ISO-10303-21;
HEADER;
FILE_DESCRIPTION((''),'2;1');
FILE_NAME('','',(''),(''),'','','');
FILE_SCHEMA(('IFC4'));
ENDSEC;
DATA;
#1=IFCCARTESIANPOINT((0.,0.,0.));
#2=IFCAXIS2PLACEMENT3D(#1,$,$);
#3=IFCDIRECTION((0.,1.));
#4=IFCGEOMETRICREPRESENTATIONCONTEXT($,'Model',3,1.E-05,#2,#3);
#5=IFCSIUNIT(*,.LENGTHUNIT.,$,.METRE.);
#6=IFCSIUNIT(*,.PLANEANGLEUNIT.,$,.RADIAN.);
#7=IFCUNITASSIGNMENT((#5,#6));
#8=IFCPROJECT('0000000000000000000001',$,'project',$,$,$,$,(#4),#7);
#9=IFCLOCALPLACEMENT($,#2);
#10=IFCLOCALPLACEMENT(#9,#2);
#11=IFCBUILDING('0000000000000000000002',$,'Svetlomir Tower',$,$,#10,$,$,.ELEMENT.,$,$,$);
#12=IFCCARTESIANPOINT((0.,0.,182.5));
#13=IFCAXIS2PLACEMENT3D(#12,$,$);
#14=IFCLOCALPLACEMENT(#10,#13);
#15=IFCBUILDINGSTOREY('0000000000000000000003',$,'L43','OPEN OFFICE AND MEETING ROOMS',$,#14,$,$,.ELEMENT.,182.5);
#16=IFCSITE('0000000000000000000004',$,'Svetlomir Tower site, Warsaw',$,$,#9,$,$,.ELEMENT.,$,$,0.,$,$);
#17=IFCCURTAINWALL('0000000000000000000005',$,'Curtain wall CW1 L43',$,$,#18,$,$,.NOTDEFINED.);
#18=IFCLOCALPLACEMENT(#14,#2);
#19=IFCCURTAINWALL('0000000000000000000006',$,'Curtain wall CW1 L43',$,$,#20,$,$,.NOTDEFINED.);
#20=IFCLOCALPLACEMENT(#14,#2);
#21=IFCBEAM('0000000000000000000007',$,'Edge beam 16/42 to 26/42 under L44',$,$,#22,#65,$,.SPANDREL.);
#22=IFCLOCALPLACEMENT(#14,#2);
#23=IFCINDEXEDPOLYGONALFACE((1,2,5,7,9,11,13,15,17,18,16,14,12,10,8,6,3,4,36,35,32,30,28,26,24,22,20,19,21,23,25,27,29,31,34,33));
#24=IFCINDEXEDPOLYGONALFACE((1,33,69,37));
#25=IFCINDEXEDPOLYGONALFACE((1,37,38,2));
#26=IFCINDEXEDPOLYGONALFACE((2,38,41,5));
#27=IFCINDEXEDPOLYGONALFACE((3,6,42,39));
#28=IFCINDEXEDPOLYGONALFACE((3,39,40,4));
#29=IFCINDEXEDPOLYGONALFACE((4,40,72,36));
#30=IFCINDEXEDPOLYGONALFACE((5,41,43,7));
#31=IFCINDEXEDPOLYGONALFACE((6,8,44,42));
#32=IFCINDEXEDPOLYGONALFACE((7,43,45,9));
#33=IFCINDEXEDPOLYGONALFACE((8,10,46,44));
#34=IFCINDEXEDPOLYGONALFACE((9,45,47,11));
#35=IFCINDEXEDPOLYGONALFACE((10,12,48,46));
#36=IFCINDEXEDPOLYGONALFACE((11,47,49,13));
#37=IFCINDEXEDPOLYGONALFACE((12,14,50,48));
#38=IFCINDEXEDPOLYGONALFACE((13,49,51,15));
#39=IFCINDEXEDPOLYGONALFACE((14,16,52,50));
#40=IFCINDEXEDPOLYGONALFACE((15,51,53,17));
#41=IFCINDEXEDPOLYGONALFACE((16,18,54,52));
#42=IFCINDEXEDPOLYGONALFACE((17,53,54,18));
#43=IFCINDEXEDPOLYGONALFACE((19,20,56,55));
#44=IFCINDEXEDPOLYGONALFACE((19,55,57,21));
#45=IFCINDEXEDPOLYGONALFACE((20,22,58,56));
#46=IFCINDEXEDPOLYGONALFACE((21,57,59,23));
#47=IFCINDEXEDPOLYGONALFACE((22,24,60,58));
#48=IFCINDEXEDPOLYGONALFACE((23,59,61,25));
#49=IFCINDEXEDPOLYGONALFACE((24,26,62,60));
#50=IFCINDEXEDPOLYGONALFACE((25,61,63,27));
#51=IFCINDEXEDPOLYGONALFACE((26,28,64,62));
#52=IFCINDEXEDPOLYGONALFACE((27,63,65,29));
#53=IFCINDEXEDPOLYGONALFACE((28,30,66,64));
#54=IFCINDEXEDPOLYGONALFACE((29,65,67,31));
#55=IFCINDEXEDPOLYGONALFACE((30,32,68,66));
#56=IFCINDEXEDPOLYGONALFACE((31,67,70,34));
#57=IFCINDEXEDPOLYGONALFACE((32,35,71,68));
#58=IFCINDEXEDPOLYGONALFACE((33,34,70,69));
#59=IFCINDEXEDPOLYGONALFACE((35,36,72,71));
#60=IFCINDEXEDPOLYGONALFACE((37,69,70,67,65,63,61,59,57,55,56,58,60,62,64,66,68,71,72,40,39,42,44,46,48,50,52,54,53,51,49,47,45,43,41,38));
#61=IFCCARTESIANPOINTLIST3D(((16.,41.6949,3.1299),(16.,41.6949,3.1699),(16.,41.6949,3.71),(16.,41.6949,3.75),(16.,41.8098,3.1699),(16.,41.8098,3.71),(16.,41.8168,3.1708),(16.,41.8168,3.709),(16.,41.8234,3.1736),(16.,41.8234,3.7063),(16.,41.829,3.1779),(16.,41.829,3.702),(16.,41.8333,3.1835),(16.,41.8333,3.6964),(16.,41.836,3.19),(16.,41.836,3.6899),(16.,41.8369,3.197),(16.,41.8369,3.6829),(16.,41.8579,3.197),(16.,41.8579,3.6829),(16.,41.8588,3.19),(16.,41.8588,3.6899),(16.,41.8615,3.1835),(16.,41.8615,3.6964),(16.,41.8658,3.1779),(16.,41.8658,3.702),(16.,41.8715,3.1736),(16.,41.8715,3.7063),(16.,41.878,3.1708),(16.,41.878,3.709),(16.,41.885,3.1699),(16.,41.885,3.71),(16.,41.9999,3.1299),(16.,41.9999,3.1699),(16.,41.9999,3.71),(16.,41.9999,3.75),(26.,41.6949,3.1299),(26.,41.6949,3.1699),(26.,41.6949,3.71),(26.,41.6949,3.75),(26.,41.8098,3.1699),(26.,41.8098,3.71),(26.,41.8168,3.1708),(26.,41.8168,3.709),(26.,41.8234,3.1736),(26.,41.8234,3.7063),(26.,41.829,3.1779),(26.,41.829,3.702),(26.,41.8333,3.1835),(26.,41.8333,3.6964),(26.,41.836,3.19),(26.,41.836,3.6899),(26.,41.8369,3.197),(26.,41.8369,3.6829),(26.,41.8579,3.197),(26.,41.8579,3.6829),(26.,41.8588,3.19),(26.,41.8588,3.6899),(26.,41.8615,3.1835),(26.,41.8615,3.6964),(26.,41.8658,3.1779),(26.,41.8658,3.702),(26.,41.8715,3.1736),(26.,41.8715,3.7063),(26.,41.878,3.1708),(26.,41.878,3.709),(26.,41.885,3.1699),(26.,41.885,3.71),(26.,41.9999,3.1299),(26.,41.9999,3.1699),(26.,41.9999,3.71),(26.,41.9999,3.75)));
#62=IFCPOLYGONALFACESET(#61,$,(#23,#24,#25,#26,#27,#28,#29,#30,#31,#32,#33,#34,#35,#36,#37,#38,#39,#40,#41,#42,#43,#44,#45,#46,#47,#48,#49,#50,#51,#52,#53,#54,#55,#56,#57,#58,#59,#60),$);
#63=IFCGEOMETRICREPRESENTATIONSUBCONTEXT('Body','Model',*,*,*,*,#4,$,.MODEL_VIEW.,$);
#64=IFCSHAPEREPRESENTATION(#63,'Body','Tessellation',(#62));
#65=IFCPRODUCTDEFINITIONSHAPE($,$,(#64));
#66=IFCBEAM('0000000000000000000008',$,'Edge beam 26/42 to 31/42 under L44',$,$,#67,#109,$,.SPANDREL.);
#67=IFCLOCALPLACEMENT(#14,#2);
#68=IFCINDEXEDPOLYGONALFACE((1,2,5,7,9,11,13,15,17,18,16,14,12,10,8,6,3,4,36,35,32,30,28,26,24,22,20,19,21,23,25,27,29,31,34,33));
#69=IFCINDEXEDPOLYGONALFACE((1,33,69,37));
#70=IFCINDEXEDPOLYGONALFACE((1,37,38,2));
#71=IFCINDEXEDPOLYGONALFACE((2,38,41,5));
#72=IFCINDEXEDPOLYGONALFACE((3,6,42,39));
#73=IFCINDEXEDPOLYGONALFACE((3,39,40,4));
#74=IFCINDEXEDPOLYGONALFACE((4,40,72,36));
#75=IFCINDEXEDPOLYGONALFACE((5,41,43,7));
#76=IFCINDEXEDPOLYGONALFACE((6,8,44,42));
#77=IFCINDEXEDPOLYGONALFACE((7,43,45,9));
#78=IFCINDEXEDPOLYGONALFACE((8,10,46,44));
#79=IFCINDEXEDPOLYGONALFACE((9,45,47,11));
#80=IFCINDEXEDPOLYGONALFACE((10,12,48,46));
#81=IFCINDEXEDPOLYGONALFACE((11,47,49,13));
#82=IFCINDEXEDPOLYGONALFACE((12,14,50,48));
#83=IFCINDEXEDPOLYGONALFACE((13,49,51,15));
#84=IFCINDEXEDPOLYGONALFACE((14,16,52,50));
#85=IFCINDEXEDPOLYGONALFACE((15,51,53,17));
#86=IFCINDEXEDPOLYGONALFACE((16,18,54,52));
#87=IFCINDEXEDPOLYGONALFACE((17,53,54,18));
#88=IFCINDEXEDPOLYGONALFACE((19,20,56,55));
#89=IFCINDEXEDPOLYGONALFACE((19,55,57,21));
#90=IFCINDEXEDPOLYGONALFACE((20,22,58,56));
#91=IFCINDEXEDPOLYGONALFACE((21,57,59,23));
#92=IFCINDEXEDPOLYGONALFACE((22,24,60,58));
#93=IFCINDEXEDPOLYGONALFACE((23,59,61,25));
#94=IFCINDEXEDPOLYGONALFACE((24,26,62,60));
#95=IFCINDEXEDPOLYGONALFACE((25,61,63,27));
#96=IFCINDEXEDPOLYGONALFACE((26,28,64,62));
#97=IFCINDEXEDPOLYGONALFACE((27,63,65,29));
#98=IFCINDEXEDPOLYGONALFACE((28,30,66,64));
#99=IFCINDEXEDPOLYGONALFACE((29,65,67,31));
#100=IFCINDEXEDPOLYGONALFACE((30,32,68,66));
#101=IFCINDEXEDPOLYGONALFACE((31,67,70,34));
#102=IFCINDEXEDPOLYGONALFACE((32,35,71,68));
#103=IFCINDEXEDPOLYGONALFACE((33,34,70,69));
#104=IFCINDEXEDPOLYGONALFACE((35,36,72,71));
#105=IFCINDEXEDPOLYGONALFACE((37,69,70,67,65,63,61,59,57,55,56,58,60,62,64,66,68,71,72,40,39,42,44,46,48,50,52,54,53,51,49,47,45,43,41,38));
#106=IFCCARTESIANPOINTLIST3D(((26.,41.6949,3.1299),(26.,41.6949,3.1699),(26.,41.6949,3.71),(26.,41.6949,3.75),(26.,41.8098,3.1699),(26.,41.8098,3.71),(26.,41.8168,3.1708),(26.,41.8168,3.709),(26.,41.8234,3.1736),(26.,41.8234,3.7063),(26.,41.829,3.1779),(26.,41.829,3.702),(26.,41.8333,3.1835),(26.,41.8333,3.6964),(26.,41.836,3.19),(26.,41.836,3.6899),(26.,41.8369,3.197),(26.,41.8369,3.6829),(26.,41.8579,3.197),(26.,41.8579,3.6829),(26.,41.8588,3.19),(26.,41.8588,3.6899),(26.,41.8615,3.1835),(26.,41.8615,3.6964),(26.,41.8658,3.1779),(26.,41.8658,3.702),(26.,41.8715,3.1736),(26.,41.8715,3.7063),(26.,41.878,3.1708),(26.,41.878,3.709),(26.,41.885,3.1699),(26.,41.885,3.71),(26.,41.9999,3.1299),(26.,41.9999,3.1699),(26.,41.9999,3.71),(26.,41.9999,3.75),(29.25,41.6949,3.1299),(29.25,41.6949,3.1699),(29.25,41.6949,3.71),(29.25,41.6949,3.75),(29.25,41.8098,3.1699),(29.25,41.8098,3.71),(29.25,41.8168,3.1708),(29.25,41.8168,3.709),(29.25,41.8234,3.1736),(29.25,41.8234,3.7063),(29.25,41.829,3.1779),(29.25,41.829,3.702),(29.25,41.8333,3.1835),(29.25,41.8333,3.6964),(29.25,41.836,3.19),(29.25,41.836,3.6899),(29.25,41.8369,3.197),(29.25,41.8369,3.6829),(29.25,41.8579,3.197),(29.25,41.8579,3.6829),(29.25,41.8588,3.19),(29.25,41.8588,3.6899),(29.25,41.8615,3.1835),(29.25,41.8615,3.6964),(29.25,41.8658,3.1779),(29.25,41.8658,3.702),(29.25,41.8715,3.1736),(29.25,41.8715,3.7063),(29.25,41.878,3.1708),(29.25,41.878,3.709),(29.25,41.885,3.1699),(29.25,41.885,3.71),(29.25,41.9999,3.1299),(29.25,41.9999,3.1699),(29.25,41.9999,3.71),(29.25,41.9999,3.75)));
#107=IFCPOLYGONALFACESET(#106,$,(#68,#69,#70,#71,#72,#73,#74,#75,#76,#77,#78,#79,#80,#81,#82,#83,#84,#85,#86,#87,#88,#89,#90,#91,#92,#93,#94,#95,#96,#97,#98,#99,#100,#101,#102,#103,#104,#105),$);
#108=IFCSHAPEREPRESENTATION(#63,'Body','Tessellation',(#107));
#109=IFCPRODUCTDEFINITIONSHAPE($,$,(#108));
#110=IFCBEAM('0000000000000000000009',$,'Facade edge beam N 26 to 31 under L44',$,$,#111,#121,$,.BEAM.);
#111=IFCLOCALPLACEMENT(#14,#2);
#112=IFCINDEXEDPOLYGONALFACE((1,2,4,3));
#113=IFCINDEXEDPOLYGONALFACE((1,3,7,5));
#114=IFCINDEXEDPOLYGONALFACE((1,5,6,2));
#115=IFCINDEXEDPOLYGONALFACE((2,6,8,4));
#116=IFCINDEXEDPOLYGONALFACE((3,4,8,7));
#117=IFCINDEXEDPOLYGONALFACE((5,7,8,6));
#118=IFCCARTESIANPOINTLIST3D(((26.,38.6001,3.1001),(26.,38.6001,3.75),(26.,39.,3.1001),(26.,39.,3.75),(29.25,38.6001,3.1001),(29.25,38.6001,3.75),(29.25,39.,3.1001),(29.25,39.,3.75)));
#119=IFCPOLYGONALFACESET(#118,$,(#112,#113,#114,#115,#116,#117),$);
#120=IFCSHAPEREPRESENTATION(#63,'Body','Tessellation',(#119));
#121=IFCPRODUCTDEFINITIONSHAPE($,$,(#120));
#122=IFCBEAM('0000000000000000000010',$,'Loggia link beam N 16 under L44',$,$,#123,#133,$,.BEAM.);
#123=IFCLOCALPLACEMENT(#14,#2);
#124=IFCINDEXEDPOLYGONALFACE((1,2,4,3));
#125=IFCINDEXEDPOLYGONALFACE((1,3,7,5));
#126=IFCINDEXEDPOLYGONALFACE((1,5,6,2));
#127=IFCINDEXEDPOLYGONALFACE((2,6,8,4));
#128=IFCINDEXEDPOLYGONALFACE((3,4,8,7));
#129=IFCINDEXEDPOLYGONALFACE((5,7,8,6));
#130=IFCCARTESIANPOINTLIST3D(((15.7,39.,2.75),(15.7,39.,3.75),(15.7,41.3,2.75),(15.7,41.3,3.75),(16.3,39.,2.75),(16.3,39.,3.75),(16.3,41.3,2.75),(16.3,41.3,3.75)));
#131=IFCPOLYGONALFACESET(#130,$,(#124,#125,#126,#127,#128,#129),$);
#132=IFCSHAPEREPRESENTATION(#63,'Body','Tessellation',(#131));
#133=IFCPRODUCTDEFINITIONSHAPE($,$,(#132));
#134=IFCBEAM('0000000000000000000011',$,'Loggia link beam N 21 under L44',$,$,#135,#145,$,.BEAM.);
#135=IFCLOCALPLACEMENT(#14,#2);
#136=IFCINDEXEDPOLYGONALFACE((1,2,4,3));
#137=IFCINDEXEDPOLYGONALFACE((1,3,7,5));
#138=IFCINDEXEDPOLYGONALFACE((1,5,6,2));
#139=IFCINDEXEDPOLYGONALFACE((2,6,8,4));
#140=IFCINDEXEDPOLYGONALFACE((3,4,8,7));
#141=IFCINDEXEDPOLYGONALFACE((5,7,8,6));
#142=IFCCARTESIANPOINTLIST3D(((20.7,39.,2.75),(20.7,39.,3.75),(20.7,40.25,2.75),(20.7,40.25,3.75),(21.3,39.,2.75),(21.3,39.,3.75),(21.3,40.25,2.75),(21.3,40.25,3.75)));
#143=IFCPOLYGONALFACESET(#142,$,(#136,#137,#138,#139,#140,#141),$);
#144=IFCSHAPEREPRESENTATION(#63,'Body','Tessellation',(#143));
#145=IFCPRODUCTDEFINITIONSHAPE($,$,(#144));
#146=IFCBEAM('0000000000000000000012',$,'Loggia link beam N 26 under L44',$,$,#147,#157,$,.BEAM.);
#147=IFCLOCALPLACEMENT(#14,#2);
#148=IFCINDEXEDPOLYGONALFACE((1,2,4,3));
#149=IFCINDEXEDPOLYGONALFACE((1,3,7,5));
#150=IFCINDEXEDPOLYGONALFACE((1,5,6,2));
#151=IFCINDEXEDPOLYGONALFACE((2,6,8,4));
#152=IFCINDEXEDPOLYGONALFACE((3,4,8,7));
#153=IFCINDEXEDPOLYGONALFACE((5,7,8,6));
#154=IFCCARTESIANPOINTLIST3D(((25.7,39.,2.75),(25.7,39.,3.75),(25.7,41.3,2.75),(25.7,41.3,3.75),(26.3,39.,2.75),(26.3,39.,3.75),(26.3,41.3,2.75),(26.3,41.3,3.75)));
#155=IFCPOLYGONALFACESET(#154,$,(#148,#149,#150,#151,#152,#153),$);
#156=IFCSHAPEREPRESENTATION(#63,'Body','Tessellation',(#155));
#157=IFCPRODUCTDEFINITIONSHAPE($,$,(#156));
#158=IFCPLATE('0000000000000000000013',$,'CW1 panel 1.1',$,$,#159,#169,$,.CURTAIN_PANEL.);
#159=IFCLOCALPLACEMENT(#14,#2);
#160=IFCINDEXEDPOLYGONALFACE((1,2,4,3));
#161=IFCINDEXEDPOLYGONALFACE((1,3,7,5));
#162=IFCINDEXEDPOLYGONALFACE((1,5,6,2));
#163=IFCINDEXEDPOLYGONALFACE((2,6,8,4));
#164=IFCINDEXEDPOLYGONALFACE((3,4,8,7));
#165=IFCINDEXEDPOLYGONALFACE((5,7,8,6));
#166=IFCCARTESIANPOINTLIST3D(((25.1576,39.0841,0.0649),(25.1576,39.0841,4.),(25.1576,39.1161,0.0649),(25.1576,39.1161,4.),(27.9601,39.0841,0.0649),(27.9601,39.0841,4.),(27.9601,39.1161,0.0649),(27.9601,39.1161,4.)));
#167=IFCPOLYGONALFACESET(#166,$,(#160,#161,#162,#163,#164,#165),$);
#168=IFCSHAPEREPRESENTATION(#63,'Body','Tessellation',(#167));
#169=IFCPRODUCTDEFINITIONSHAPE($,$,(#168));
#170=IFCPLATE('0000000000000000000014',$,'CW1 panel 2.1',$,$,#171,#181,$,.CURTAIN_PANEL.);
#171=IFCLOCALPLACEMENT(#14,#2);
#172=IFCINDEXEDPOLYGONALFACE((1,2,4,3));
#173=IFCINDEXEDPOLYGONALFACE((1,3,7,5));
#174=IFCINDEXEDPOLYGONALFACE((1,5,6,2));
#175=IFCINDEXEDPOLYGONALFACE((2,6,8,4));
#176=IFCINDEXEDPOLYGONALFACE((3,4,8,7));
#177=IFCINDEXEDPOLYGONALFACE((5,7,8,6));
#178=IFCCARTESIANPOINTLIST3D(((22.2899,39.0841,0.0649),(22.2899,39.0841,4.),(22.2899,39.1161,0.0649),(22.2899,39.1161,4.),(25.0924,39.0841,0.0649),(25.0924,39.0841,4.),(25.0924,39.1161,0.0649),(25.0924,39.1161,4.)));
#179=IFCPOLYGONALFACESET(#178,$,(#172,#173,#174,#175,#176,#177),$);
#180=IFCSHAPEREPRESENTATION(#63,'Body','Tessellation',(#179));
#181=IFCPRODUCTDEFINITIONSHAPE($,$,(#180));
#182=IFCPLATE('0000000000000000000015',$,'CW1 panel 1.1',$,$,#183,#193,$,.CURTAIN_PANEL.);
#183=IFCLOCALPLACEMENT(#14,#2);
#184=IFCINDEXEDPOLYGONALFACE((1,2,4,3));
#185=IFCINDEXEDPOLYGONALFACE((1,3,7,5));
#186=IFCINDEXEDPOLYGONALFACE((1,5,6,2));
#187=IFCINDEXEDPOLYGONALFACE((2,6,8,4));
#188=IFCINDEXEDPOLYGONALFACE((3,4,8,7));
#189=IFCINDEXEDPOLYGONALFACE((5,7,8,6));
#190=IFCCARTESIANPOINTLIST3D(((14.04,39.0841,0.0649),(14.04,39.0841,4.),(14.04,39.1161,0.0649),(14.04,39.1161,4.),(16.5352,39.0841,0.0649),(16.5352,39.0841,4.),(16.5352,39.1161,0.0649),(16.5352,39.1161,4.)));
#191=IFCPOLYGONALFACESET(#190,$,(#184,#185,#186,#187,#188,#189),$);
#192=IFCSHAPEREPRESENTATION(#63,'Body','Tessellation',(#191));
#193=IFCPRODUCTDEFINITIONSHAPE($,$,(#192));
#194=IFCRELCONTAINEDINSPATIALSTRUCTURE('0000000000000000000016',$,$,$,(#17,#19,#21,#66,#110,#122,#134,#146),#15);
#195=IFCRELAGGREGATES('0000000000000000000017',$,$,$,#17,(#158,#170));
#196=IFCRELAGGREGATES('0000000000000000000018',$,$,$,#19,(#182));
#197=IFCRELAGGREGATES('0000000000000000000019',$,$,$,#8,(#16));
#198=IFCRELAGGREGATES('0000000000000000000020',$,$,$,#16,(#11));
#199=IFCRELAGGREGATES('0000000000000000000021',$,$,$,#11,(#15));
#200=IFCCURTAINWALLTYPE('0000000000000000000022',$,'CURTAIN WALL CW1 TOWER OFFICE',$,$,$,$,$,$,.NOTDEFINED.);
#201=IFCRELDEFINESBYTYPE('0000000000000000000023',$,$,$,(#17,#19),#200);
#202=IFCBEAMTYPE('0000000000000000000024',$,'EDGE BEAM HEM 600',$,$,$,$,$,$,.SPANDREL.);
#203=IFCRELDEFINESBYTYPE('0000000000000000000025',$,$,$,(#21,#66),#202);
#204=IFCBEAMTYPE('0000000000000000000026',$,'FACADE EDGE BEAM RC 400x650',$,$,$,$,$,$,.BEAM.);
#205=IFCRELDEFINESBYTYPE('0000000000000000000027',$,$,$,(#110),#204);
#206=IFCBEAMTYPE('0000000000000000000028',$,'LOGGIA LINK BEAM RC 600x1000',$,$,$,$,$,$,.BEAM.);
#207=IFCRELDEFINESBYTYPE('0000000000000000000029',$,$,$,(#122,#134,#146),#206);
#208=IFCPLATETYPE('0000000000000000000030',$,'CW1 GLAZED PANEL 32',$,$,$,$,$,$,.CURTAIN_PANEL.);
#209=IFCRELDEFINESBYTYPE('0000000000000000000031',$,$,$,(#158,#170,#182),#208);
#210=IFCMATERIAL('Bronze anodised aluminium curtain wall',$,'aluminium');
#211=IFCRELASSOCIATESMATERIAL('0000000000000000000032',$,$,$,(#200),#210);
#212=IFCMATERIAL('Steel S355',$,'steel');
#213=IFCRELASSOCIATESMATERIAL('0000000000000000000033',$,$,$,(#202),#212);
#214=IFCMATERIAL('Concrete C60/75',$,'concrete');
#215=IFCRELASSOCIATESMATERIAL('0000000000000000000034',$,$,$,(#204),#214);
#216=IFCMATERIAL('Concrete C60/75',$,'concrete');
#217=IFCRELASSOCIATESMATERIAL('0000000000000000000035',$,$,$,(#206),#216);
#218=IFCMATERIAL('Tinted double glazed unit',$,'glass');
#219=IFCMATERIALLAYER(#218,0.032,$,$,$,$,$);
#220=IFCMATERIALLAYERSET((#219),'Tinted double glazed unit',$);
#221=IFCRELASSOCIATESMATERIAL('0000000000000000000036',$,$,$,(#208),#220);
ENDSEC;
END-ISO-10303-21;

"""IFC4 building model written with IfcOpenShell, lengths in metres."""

from ifc_helpers import new_model, si_unit, direction, frame, origin, origin_2d, place, context, subcontext, project, spatial, rectangle, i_section, extrude, material, layer, layer_set, material_profile, profile_set, type_object, element, aggregate, save


model = new_model("IFC4")

# Units and contexts
model_context = context("Model", 3, precision=1e-05, world=origin(), true_north=direction((0.0, 1.0)))
body_context = subcontext(model_context, "Body", "Model", "MODEL_VIEW")
ifc_project = project(units=[si_unit("LENGTHUNIT", "METRE"), si_unit("PLANEANGLEUNIT", "RADIAN")], contexts=[model_context])

# Site, building, storey
site_placement = place(None, origin())
site = spatial("IfcSite", under=ifc_project, at=site_placement, Name="Svetlomir Tower site, Warsaw", CompositionType="ELEMENT", RefElevation=0.0)
building_placement = place(site_placement, origin())
building = spatial("IfcBuilding", under=site, at=building_placement, Name="Svetlomir Tower", CompositionType="ELEMENT")
storey_placement = place(building_placement, frame((0.0, 0.0, 182.5)))
storey = spatial("IfcBuildingStorey", under=building, at=storey_placement, Name="L43", Description="OPEN OFFICE AND MEETING ROOMS", CompositionType="ELEMENT", Elevation=182.5)

# Curtain walls
ifc_material_1 = material(Name="Bronze anodised aluminium curtain wall", Category="aluminium")
curtain_wall_type = type_object("IfcCurtainWallType", Name="CURTAIN WALL CW1 TOWER OFFICE", PredefinedType="NOTDEFINED", material=ifc_material_1)
curtain_wall_1_placement = place(storey_placement, origin())
curtain_wall_1 = element("IfcCurtainWall", 1, at=curtain_wall_1_placement, inside=storey, type_object=curtain_wall_type, Name="Curtain wall CW1 L43", PredefinedType="NOTDEFINED")
curtain_wall_2_placement = place(storey_placement, origin())
curtain_wall_2 = element("IfcCurtainWall", 2, at=curtain_wall_2_placement, inside=storey, type_object=curtain_wall_type, Name="Curtain wall CW1 L43", PredefinedType="NOTDEFINED")

# Beams
ifc_material_2 = material(Name="Steel S355", Category="steel")
ifc_material_profile_1 = material_profile(ifc_material_2, i_section(OverallWidth=0.3049, OverallDepth=0.6201, WebThickness=0.021, FlangeThickness=0.04, FilletRadius=0.0271, at=origin_2d()), Name="HEM 600")
ifc_profile_set_1 = profile_set([ifc_material_profile_1], Name="Steel S355")
beam_type_1 = type_object("IfcBeamType", Name="EDGE BEAM HEM 600", PredefinedType="SPANDREL", material=ifc_profile_set_1)
beam_1_placement = place(storey_placement, frame((16.0, 41.8474, 3.4399), z_axis=(1.0, 0.0, 0.0), x_axis=(0.0, 1.0, 0.0)))
element("IfcBeam", 3, at=beam_1_placement, inside=storey, type_object=beam_type_1, Name="Edge beam 16/42 to 26/42 under L44", PredefinedType="SPANDREL", context=body_context, shape_type="SweptSolid", body=[
    extrude(i_section(OverallWidth=0.3049, OverallDepth=0.6201, WebThickness=0.021, FlangeThickness=0.04, FilletRadius=0.0271, at=origin_2d()), origin(), (0.0, 0.0, 1.0), 10.0),
])
beam_2_placement = place(storey_placement, frame((26.0, 41.8474, 3.4399), z_axis=(1.0, 0.0, 0.0), x_axis=(0.0, 1.0, 0.0)))
element("IfcBeam", 4, at=beam_2_placement, inside=storey, type_object=beam_type_1, Name="Edge beam 26/42 to 31/42 under L44", PredefinedType="SPANDREL", context=body_context, shape_type="SweptSolid", body=[
    extrude(i_section(OverallWidth=0.3049, OverallDepth=0.6201, WebThickness=0.021, FlangeThickness=0.04, FilletRadius=0.0271, at=origin_2d()), origin(), (0.0, 0.0, 1.0), 3.25),
])
ifc_material_3 = material(Name="Concrete C60/75", Category="concrete")
ifc_material_profile_2 = material_profile(ifc_material_3, rectangle(XDim=0.3999, YDim=0.6499, at=origin_2d()), Name="RC 400x650")
ifc_profile_set_2 = profile_set([ifc_material_profile_2], Name="Concrete C60/75")
beam_type_2 = type_object("IfcBeamType", Name="FACADE EDGE BEAM RC 400x650", PredefinedType="BEAM", material=ifc_profile_set_2)
beam_3_placement = place(storey_placement, frame((26.0, 38.8, 3.425), z_axis=(1.0, 0.0, 0.0), x_axis=(0.0, 1.0, 0.0)))
element("IfcBeam", 5, at=beam_3_placement, inside=storey, type_object=beam_type_2, Name="Facade edge beam N 26 to 31 under L44", PredefinedType="BEAM", context=body_context, shape_type="SweptSolid", body=[
    extrude(rectangle(XDim=0.3999, YDim=0.6499, at=origin_2d()), origin(), (0.0, 0.0, 1.0), 3.25),
])
ifc_material_4 = material(Name="Concrete C60/75", Category="concrete")
ifc_material_profile_3 = material_profile(ifc_material_4, rectangle(XDim=0.6001, YDim=1.0, at=origin_2d()), Name="RC 600x1000")
ifc_profile_set_3 = profile_set([ifc_material_profile_3], Name="Concrete C60/75")
beam_type_3 = type_object("IfcBeamType", Name="LOGGIA LINK BEAM RC 600x1000", PredefinedType="BEAM", material=ifc_profile_set_3)
beam_4_placement = place(storey_placement, frame((16.0, 41.3, 3.25), z_axis=(0.0, -1.0, 0.0), x_axis=(1.0, 0.0, 0.0)))
element("IfcBeam", 6, at=beam_4_placement, inside=storey, type_object=beam_type_3, Name="Loggia link beam N 16 under L44", PredefinedType="BEAM", context=body_context, shape_type="SweptSolid", body=[
    extrude(rectangle(XDim=0.6001, YDim=1.0, at=origin_2d()), origin(), (0.0, 0.0, 1.0), 2.3),
])
beam_5_placement = place(storey_placement, frame((21.0, 40.25, 3.25), z_axis=(0.0, -1.0, 0.0), x_axis=(1.0, 0.0, 0.0)))
element("IfcBeam", 7, at=beam_5_placement, inside=storey, type_object=beam_type_3, Name="Loggia link beam N 21 under L44", PredefinedType="BEAM", context=body_context, shape_type="SweptSolid", body=[
    extrude(rectangle(XDim=0.6001, YDim=1.0, at=origin_2d()), origin(), (0.0, 0.0, 1.0), 1.25),
])
beam_6_placement = place(storey_placement, frame((26.0, 41.3, 3.25), z_axis=(0.0, -1.0, 0.0), x_axis=(1.0, 0.0, 0.0)))
element("IfcBeam", 8, at=beam_6_placement, inside=storey, type_object=beam_type_3, Name="Loggia link beam N 26 under L44", PredefinedType="BEAM", context=body_context, shape_type="SweptSolid", body=[
    extrude(rectangle(XDim=0.6001, YDim=1.0, at=origin_2d()), origin(), (0.0, 0.0, 1.0), 2.3),
])

# Plates
ifc_material_5 = material(Name="Tinted double glazed unit", Category="glass")
ifc_layer_1 = layer(ifc_material_5, 0.032)
ifc_layer_set_1 = layer_set([ifc_layer_1], Name="Tinted double glazed unit")
plate_type = type_object("IfcPlateType", Name="CW1 GLAZED PANEL 32", PredefinedType="CURTAIN_PANEL", material=ifc_layer_set_1)
plate_1_placement = place(storey_placement, frame((26.5588, 39.1001, 0.0649), z_axis=(0.0, 0.0, 1.0), x_axis=(-1.0, 0.0, 0.0)))
plate_1 = element("IfcPlate", 9, at=plate_1_placement, type_object=plate_type, Name="CW1 panel 1.1", PredefinedType="CURTAIN_PANEL", context=body_context, shape_type="SweptSolid", body=[
    extrude(rectangle(XDim=2.8025, YDim=0.032, at=origin_2d()), origin(), (0.0, 0.0, 1.0), 3.9351),
])
plate_2_placement = place(storey_placement, frame((23.6912, 39.1001, 0.0649), z_axis=(0.0, 0.0, 1.0), x_axis=(-1.0, 0.0, 0.0)))
plate_2 = element("IfcPlate", 10, at=plate_2_placement, type_object=plate_type, Name="CW1 panel 2.1", PredefinedType="CURTAIN_PANEL", context=body_context, shape_type="SweptSolid", body=[
    extrude(rectangle(XDim=2.8025, YDim=0.032, at=origin_2d()), origin(), (0.0, 0.0, 1.0), 3.9351),
])
aggregate(curtain_wall_1, [plate_1, plate_2])
plate_3_placement = place(storey_placement, frame((15.2876, 39.1001, 0.0649), z_axis=(0.0, 0.0, 1.0), x_axis=(-1.0, 0.0, 0.0)))
plate_3 = element("IfcPlate", 11, at=plate_3_placement, type_object=plate_type, Name="CW1 panel 1.1", PredefinedType="CURTAIN_PANEL", context=body_context, shape_type="SweptSolid", body=[
    extrude(rectangle(XDim=2.4951, YDim=0.032, at=origin_2d()), origin(), (0.0, 0.0, 1.0), 3.9351),
])
aggregate(curtain_wall_2, [plate_3])

save(model, "model.ifc")
